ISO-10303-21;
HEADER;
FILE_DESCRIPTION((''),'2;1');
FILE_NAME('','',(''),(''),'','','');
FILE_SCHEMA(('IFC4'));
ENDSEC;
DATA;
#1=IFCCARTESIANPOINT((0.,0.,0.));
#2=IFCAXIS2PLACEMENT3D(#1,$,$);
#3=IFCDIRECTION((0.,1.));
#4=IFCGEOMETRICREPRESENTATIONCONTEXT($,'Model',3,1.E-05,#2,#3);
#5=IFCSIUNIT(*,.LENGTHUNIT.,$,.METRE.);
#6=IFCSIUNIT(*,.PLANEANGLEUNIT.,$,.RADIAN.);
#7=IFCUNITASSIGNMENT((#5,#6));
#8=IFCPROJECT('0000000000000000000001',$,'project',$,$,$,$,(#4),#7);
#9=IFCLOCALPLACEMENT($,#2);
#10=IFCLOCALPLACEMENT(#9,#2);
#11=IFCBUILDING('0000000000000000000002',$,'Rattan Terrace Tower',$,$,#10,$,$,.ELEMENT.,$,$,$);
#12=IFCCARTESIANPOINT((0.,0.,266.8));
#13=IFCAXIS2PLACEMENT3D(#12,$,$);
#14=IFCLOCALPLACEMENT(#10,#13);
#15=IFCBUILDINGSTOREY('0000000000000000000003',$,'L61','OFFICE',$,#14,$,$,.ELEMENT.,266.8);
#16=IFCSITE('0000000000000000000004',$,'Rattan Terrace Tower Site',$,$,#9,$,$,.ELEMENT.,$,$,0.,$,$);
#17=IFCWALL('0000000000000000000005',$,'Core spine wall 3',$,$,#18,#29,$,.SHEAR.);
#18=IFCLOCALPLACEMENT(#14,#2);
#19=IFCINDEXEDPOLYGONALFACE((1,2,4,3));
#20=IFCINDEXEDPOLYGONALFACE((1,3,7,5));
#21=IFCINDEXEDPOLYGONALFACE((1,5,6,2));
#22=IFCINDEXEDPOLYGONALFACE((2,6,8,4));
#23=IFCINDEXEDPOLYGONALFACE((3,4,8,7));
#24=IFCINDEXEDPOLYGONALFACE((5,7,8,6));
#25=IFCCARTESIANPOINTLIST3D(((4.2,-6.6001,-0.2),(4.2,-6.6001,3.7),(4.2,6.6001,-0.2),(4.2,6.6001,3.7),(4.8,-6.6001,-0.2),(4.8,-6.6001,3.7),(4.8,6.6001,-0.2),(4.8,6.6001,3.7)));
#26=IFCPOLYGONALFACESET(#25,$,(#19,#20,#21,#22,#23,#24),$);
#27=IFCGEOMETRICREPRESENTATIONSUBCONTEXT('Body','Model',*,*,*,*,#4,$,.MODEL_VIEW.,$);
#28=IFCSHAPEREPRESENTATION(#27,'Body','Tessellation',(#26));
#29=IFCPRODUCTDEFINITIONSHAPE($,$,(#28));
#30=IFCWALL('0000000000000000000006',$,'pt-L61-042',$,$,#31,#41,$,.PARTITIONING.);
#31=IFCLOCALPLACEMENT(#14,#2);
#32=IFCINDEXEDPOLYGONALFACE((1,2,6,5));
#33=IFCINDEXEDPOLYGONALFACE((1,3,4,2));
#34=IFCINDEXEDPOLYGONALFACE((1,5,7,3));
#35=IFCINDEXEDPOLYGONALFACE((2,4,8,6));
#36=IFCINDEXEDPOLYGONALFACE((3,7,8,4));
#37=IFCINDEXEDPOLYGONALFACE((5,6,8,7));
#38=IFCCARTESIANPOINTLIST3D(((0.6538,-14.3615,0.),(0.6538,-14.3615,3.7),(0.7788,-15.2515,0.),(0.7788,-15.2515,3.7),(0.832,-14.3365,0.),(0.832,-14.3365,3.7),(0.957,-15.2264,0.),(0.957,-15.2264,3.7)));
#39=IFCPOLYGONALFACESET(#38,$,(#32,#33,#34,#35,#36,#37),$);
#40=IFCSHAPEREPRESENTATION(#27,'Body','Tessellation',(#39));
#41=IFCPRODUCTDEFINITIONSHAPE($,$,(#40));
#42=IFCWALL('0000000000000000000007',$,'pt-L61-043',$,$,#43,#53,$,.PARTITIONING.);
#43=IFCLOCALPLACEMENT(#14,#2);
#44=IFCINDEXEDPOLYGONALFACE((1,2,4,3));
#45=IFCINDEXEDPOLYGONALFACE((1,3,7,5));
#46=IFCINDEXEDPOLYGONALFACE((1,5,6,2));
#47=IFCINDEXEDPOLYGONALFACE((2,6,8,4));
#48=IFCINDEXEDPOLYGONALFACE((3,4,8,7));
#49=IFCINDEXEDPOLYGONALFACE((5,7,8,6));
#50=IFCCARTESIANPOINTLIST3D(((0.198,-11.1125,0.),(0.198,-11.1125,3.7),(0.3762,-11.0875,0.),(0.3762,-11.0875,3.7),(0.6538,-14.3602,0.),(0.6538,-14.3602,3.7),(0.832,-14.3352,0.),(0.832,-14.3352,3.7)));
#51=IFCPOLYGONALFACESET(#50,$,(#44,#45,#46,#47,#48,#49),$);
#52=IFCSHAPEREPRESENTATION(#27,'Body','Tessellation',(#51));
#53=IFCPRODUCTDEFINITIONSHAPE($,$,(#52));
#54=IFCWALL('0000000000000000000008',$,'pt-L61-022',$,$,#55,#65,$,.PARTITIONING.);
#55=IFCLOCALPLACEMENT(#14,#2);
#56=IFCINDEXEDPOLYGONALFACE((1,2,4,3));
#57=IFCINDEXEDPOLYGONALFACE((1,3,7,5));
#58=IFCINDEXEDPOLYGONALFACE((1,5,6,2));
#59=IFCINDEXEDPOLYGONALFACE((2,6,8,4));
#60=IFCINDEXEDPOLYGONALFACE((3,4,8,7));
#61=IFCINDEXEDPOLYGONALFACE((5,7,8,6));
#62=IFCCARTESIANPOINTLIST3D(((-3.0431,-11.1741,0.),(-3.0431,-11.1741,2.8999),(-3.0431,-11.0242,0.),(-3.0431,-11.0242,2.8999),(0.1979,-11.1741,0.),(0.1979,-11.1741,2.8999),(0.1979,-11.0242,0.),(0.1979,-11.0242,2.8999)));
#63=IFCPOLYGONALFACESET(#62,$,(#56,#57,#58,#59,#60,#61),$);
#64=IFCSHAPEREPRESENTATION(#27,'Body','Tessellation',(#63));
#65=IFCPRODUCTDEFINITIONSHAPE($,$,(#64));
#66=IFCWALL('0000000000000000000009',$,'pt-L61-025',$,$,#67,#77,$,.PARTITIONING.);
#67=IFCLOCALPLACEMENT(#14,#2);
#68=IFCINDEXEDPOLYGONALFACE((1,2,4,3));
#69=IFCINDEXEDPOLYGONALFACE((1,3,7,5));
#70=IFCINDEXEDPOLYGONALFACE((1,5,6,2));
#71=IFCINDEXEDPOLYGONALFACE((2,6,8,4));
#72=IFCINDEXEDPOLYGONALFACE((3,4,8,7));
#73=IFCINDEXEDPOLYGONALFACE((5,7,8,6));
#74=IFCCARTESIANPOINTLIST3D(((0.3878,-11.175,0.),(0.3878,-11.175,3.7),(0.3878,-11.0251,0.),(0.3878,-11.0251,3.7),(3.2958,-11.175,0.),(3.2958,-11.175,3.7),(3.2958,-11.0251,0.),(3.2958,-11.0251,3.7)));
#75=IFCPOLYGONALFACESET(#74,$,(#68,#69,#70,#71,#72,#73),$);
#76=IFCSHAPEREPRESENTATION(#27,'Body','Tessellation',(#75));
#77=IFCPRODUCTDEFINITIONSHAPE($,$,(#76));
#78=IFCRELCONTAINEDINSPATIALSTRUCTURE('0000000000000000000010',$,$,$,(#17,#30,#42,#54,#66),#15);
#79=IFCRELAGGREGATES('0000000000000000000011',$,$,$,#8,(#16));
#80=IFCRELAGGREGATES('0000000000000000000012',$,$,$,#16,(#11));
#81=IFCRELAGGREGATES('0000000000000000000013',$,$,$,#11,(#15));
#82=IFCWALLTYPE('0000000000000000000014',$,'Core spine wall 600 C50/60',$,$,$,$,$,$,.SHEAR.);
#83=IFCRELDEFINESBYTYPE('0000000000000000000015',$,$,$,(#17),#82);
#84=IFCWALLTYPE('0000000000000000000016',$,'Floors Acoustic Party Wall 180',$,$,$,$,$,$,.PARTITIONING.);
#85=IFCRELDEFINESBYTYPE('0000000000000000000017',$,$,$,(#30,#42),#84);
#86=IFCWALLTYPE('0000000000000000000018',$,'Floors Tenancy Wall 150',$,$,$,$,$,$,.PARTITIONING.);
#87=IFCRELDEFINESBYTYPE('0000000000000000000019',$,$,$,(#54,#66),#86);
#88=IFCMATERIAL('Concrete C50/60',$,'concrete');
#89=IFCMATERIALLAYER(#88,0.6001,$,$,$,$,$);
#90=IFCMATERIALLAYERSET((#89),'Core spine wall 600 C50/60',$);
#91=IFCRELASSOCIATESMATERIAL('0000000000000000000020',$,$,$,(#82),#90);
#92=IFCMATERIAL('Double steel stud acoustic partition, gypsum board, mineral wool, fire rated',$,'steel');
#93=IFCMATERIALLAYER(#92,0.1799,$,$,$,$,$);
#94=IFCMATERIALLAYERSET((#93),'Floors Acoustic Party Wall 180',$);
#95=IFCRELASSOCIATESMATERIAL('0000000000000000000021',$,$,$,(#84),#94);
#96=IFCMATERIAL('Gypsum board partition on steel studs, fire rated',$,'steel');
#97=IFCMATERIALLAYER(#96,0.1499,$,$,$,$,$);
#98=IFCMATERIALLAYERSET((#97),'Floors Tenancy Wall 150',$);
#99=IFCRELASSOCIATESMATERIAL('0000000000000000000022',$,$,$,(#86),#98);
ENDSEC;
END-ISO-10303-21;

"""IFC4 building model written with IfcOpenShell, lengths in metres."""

from ifc_helpers import new_model, si_unit, direction, frame, frame_2d, origin, place, context, subcontext, project, spatial, rectangle, extrude, material, layer, layer_set, type_object, element, save


model = new_model("IFC4")

# Units and contexts
model_context = context("Model", 3, precision=1e-05, world=origin(), true_north=direction((0.0, 1.0)))
body_context = subcontext(model_context, "Body", "Model", "MODEL_VIEW")
ifc_project = project(units=[si_unit("LENGTHUNIT", "METRE"), si_unit("PLANEANGLEUNIT", "RADIAN")], contexts=[model_context])

# Site, building, storey
site_placement = place(None, origin())
site = spatial("IfcSite", under=ifc_project, at=site_placement, Name="Rattan Terrace Tower Site", CompositionType="ELEMENT", RefElevation=0.0)
building_placement = place(site_placement, origin())
building = spatial("IfcBuilding", under=site, at=building_placement, Name="Rattan Terrace Tower", CompositionType="ELEMENT")
storey_placement = place(building_placement, frame((0.0, 0.0, 266.8)))
storey = spatial("IfcBuildingStorey", under=building, at=storey_placement, Name="L61", Description="OFFICE", CompositionType="ELEMENT", Elevation=266.8)

# Walls
ifc_material_1 = material(Name="Concrete C50/60", Category="concrete")
ifc_layer_1 = layer(ifc_material_1, 0.6001)
ifc_layer_set_1 = layer_set([ifc_layer_1], Name="Core spine wall 600 C50/60")
wall_type_1 = type_object("IfcWallType", Name="Core spine wall 600 C50/60", PredefinedType="SHEAR", material=ifc_layer_set_1)
wall_1_placement = place(storey_placement, frame((4.5, -6.6001, -0.2), z_axis=(0.0, 0.0, 1.0), x_axis=(0.0, 1.0, 0.0)))
element("IfcWall", 1, at=wall_1_placement, inside=storey, type_object=wall_type_1, Name="Core spine wall 3", PredefinedType="SHEAR", context=body_context, shape_type="SweptSolid", body=[
    extrude(rectangle(XDim=13.2002, YDim=0.6001, at=frame_2d((6.6001, 0.0))), origin(), (0.0, 0.0, 1.0), 3.8999),
])
ifc_material_2 = material(Name="Double steel stud acoustic partition, gypsum board, mineral wool, fire rated", Category="steel")
ifc_layer_2 = layer(ifc_material_2, 0.1799)
ifc_layer_set_2 = layer_set([ifc_layer_2], Name="Floors Acoustic Party Wall 180")
wall_type_2 = type_object("IfcWallType", Name="Floors Acoustic Party Wall 180", PredefinedType="PARTITIONING", material=ifc_layer_set_2)
wall_2_placement = place(storey_placement, frame((0.7429, -14.3491, 0.0), z_axis=(0.0, 0.0, 1.0), x_axis=(0.139101, -0.990278, 0.0)))
element("IfcWall", 2, at=wall_2_placement, inside=storey, type_object=wall_type_2, Name="pt-L61-042", PredefinedType="PARTITIONING", context=body_context, shape_type="SweptSolid", body=[
    extrude(rectangle(XDim=0.8987, YDim=0.1799, at=frame_2d((0.4492, 0.0))), origin(), (0.0, 0.0, 1.0), 3.7),
])
wall_3_placement = place(storey_placement, frame((0.2871, -11.1001, 0.0), z_axis=(0.0, 0.0, 1.0), x_axis=(0.138982, -0.990295, 0.0)))
element("IfcWall", 3, at=wall_3_placement, inside=storey, type_object=wall_type_2, Name="pt-L61-043", PredefinedType="PARTITIONING", context=body_context, shape_type="SweptSolid", body=[
    extrude(rectangle(XDim=3.2795, YDim=0.1799, at=frame_2d((1.6396, 0.0))), origin(), (0.0, 0.0, 1.0), 3.7),
])
ifc_material_3 = material(Name="Gypsum board partition on steel studs, fire rated", Category="steel")
ifc_layer_3 = layer(ifc_material_3, 0.1499)
ifc_layer_set_3 = layer_set([ifc_layer_3], Name="Floors Tenancy Wall 150")
wall_type_3 = type_object("IfcWallType", Name="Floors Tenancy Wall 150", PredefinedType="PARTITIONING", material=ifc_layer_set_3)
wall_4_placement = place(storey_placement, frame((0.198, -11.0991, 0.0), z_axis=(0.0, 0.0, 1.0), x_axis=(-1.0, 0.0, 0.0)))
element("IfcWall", 4, at=wall_4_placement, inside=storey, type_object=wall_type_3, Name="pt-L61-022", PredefinedType="PARTITIONING", context=body_context, shape_type="SweptSolid", body=[
    extrude(rectangle(XDim=3.241, YDim=0.1499, at=frame_2d((1.6206, 0.0))), origin(), (0.0, 0.0, 1.0), 2.8999),
])
wall_5_placement = place(storey_placement, frame((3.2959, -11.1001, 0.0), z_axis=(0.0, 0.0, 1.0), x_axis=(-1.0, 0.0, 0.0)))
element("IfcWall", 5, at=wall_5_placement, inside=storey, type_object=wall_type_3, Name="pt-L61-025", PredefinedType="PARTITIONING", context=body_context, shape_type="SweptSolid", body=[
    extrude(rectangle(XDim=2.908, YDim=0.1499, at=frame_2d((1.4541, 0.0))), origin(), (0.0, 0.0, 1.0), 3.7),
])

save(model, "model.ifc")
